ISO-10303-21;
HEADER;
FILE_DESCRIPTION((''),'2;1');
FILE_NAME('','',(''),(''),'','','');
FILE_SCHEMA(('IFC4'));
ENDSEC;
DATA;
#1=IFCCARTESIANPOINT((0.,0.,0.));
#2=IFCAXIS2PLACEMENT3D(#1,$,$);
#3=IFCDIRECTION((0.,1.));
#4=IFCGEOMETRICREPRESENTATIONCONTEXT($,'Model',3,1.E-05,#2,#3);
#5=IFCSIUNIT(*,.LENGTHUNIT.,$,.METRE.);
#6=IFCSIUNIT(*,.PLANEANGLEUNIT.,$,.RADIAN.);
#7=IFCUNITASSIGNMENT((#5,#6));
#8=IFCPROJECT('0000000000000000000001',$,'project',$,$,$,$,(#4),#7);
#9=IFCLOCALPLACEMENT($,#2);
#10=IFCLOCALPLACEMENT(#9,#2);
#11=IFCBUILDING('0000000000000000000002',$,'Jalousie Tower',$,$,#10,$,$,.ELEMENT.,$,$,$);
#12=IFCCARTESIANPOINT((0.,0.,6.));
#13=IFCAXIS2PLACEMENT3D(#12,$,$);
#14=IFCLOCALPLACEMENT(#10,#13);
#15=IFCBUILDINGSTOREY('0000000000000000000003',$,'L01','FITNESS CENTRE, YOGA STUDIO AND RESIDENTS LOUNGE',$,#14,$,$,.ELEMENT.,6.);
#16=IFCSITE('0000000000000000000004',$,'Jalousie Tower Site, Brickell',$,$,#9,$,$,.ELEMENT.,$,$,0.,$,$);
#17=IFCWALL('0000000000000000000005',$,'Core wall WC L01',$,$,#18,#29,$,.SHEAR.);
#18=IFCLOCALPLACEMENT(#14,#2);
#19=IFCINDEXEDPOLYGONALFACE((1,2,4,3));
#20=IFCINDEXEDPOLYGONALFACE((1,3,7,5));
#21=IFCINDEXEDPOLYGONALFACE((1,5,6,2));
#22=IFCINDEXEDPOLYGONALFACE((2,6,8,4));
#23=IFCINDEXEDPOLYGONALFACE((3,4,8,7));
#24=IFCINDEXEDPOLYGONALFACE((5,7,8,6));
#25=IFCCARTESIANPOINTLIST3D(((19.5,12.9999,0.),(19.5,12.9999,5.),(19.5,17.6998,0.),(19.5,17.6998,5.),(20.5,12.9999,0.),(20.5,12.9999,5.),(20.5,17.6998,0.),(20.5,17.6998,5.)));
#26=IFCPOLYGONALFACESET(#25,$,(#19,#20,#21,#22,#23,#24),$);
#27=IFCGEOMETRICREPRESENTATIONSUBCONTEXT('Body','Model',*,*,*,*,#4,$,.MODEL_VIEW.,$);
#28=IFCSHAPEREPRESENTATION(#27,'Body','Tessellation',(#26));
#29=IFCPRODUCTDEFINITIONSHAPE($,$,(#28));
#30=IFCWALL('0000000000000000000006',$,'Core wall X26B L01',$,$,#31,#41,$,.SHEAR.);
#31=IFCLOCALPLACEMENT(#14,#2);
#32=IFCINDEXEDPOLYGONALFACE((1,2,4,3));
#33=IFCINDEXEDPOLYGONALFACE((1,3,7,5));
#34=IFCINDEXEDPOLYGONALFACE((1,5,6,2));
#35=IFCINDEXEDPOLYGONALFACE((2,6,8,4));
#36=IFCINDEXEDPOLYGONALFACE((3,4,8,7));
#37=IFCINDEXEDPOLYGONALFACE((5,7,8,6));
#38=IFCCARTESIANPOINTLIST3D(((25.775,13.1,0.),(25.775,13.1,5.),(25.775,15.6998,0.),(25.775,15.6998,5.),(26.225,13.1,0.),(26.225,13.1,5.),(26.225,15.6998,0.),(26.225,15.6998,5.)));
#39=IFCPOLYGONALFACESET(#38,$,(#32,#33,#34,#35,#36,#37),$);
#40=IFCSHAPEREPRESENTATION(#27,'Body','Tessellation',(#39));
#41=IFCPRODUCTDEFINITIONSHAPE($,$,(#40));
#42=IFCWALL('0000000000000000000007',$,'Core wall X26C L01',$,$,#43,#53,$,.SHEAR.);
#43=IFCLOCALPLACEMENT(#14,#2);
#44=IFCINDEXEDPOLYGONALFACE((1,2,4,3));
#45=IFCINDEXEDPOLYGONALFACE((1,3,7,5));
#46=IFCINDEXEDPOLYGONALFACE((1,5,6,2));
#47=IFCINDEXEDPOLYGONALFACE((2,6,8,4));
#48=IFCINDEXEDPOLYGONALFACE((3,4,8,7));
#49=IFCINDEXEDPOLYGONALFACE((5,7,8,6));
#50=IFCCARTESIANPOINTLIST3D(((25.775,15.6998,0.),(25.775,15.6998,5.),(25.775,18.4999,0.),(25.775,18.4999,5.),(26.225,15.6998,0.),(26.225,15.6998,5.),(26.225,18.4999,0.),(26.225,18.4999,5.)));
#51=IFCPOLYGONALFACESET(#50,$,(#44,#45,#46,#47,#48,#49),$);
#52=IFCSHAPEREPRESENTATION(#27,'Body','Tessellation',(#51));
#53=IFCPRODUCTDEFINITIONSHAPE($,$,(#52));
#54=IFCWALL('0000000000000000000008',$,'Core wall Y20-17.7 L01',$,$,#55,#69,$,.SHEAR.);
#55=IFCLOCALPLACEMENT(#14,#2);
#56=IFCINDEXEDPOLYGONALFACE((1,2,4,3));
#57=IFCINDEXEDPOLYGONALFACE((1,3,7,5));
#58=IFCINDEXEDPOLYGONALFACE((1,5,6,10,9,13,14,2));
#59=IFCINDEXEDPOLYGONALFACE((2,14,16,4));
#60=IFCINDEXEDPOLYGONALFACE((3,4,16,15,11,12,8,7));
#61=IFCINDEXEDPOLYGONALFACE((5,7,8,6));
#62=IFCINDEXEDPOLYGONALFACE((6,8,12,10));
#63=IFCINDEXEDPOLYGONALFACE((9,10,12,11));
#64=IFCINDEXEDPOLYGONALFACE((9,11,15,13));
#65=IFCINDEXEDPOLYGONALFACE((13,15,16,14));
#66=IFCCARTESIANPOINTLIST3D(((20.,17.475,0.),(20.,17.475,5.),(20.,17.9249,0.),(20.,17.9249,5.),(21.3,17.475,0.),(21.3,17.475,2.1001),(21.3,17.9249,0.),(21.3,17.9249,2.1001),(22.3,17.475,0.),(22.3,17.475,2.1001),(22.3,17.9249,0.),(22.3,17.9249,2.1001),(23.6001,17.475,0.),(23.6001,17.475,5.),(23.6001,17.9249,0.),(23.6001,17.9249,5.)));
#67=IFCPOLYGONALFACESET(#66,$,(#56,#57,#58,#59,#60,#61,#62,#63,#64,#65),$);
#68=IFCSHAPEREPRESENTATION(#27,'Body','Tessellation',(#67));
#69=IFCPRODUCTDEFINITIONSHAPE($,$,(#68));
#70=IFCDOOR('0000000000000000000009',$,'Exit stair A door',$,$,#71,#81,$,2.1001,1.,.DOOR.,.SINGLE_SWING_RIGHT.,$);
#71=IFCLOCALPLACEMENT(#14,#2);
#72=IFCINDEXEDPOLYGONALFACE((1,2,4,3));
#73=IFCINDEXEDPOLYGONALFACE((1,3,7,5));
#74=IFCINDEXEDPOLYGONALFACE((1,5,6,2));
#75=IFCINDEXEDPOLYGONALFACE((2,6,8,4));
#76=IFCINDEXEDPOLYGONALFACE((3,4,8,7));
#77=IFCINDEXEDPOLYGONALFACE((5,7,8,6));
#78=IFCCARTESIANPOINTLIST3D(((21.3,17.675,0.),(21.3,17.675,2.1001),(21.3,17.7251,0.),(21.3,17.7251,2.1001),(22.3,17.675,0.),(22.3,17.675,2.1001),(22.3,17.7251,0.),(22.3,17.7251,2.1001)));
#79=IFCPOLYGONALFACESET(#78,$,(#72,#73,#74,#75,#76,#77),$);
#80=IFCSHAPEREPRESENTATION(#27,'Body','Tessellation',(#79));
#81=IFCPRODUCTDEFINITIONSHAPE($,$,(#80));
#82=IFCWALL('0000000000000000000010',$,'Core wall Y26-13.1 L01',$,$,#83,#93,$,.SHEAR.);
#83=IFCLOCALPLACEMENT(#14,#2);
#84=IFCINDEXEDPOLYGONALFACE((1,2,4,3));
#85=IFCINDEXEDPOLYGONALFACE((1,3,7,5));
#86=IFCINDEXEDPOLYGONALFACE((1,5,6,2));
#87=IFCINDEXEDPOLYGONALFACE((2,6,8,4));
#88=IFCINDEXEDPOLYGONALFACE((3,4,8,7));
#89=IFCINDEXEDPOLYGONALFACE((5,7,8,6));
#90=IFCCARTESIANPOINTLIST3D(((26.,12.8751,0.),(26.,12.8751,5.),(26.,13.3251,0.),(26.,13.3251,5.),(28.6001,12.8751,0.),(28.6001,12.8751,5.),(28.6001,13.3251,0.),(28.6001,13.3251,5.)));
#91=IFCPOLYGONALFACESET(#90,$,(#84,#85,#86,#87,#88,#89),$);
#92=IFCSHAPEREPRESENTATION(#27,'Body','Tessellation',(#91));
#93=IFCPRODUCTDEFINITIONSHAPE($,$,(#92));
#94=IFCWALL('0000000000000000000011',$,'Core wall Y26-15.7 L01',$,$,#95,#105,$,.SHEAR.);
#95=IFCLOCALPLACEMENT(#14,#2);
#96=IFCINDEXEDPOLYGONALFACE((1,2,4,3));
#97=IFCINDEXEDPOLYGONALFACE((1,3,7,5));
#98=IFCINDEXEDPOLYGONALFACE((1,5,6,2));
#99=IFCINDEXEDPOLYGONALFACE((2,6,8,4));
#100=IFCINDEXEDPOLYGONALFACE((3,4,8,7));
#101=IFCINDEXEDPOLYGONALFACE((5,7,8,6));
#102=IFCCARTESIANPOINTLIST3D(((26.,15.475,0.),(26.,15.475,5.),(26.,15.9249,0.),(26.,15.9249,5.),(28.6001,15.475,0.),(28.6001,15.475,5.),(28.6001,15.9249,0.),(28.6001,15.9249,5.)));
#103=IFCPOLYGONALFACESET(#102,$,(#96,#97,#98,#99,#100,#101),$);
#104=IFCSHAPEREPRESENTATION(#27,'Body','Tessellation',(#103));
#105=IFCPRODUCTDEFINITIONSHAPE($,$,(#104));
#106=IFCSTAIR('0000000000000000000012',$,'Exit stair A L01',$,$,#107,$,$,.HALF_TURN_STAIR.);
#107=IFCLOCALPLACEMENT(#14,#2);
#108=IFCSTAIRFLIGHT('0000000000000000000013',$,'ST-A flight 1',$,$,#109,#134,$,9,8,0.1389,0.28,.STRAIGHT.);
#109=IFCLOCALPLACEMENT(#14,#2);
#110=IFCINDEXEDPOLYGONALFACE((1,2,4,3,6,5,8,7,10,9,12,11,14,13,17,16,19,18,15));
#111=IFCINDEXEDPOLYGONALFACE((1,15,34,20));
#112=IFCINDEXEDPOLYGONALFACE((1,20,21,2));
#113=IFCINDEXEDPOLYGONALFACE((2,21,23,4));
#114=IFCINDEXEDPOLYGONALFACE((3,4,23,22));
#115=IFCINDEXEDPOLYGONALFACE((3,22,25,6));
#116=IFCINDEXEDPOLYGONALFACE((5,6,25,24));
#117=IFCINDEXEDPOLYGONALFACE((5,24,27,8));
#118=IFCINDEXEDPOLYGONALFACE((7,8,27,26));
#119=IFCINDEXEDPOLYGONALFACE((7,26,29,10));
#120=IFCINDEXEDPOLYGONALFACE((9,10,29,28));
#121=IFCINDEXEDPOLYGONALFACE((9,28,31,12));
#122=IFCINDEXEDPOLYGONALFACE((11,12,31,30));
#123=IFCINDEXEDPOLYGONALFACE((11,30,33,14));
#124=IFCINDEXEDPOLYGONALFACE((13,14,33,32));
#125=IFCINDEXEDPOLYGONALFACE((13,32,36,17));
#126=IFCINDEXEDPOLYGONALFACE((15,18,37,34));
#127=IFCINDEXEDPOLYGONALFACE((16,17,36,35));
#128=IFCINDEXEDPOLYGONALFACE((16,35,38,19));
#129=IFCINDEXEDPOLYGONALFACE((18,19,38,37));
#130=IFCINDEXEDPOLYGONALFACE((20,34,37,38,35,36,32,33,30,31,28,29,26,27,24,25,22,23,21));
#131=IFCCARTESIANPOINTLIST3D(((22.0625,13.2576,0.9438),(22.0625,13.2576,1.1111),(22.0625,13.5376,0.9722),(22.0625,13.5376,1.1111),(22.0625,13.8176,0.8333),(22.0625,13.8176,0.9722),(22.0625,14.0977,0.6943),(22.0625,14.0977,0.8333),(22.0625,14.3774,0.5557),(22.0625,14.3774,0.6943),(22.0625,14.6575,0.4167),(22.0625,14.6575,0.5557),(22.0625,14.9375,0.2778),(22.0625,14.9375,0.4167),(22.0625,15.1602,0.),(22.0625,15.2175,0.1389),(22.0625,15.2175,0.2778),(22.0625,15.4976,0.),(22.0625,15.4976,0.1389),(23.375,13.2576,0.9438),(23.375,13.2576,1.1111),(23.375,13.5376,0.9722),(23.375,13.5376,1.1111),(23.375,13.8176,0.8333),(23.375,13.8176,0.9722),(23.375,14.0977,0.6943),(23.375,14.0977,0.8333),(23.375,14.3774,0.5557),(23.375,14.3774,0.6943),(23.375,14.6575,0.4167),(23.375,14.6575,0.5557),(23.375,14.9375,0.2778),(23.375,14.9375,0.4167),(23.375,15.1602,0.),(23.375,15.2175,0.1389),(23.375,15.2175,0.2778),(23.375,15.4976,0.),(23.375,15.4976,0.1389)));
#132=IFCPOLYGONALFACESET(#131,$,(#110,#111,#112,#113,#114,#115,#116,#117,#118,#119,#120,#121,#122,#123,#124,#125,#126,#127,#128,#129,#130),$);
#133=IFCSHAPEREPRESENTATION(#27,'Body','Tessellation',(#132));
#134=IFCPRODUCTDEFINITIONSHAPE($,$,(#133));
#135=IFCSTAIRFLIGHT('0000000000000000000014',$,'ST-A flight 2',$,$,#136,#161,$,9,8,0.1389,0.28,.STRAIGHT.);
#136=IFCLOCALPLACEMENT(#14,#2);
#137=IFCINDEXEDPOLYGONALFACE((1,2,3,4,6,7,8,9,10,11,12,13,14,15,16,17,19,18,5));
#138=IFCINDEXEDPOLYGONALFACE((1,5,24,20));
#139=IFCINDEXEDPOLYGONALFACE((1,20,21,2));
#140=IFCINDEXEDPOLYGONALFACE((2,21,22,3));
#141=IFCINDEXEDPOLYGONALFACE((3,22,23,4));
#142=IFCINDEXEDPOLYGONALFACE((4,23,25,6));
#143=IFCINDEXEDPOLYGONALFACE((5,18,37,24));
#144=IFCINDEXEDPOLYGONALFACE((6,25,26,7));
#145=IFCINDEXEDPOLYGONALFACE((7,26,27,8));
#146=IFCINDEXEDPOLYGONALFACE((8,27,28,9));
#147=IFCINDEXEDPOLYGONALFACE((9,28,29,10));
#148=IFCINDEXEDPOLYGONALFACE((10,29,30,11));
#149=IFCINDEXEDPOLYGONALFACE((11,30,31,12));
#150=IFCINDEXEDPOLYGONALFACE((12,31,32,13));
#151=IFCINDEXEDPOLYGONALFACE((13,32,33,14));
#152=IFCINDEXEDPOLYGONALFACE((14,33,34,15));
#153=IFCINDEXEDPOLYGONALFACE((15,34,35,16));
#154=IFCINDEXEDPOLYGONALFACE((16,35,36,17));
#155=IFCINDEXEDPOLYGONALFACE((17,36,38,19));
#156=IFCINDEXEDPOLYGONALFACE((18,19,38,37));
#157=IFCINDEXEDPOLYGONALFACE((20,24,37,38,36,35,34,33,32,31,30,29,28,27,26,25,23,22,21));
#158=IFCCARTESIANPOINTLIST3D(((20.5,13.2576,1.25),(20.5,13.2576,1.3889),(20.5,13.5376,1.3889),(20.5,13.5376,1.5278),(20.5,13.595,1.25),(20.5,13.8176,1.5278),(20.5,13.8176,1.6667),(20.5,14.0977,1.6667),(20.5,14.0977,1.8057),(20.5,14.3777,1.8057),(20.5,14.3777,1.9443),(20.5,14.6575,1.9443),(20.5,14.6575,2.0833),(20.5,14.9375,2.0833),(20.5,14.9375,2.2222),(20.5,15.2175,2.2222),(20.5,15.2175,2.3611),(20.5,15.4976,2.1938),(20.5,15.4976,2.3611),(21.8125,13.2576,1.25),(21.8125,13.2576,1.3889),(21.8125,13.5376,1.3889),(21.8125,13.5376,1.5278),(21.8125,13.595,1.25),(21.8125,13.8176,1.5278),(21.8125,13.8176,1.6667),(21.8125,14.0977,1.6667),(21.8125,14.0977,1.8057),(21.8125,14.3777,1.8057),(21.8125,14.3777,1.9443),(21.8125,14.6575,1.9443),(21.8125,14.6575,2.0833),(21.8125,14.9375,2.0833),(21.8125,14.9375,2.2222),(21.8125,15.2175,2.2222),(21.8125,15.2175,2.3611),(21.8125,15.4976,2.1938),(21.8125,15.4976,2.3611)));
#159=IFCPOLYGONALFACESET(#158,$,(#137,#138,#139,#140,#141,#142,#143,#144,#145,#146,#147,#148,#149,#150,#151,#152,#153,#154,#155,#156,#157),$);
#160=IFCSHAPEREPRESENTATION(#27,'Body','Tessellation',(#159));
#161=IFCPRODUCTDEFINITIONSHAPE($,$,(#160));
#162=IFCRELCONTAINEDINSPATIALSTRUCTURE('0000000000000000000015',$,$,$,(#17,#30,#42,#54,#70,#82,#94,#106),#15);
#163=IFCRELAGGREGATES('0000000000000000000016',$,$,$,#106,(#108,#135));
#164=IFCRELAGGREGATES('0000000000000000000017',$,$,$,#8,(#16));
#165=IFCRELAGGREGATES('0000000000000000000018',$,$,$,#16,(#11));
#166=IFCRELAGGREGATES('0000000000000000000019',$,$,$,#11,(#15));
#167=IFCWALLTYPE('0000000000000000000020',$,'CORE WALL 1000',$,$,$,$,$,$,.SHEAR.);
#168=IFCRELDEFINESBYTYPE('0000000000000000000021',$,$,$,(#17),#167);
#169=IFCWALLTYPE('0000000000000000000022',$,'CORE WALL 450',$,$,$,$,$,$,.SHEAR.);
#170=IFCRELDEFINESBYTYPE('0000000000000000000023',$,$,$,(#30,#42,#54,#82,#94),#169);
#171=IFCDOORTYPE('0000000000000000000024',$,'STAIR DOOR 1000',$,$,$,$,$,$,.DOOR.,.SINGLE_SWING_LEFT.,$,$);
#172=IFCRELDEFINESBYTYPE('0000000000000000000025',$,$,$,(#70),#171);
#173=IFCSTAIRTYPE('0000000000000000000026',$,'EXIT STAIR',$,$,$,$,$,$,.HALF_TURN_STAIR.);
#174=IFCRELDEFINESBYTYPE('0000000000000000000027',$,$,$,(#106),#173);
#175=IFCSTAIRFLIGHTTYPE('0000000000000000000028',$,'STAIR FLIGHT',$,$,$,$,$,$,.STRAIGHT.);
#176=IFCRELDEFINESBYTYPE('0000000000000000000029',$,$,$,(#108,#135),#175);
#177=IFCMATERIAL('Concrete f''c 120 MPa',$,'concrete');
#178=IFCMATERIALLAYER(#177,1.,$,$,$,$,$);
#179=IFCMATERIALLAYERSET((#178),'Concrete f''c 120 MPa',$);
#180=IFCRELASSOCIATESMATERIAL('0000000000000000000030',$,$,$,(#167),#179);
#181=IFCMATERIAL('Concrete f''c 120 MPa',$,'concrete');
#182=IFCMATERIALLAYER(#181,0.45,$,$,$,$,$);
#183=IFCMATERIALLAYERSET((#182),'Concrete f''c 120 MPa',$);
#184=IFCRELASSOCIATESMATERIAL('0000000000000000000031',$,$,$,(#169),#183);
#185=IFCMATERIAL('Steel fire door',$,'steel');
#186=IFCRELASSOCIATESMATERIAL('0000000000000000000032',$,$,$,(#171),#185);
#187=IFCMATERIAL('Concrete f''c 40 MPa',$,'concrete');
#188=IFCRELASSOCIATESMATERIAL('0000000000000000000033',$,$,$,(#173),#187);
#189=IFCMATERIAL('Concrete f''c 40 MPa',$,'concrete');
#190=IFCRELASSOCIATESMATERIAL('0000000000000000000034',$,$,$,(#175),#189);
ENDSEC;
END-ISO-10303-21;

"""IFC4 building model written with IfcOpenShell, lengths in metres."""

from ifc_helpers import new_model, si_unit, direction, frame, frame_2d, origin, place, context, subcontext, project, spatial, polyline, rectangle, outline, extrude, material, layer, layer_set, type_object, element, fill, aggregate, save


model = new_model("IFC4")

# Units and contexts
model_context = context("Model", 3, precision=1e-05, world=origin(), true_north=direction((0.0, 1.0)))
body_context = subcontext(model_context, "Body", "Model", "MODEL_VIEW")
ifc_project = project(units=[si_unit("LENGTHUNIT", "METRE"), si_unit("PLANEANGLEUNIT", "RADIAN")], contexts=[model_context])

# Site, building, storey
site_placement = place(None, origin())
site = spatial("IfcSite", under=ifc_project, at=site_placement, Name="Jalousie Tower Site, Brickell", CompositionType="ELEMENT", RefElevation=0.0)
building_placement = place(site_placement, origin())
building = spatial("IfcBuilding", under=site, at=building_placement, Name="Jalousie Tower", CompositionType="ELEMENT")
storey_placement = place(building_placement, frame((0.0, 0.0, 6.0)))
storey = spatial("IfcBuildingStorey", under=building, at=storey_placement, Name="L01", Description="FITNESS CENTRE, YOGA STUDIO AND RESIDENTS LOUNGE", CompositionType="ELEMENT", Elevation=6.0)

# Walls
ifc_material_1 = material(Name="Concrete f'c 120 MPa", Category="concrete")
ifc_layer_1 = layer(ifc_material_1, 1.0)
ifc_layer_set_1 = layer_set([ifc_layer_1], Name="Concrete f'c 120 MPa")
wall_type_1 = type_object("IfcWallType", Name="CORE WALL 1000", PredefinedType="SHEAR", material=ifc_layer_set_1)
wall_1_placement = place(storey_placement, frame((20.0, 17.7, 0.0), z_axis=(0.0, 0.0, 1.0), x_axis=(0.0, -1.0, 0.0)))
element("IfcWall", 1, at=wall_1_placement, inside=storey, type_object=wall_type_1, Name="Core wall WC L01", PredefinedType="SHEAR", context=body_context, shape_type="SweptSolid", body=[
    extrude(rectangle(XDim=4.7, YDim=1.0, at=frame_2d((2.3501, 0.0))), origin(), (0.0, 0.0, 1.0), 5.0),
])
ifc_material_2 = material(Name="Concrete f'c 120 MPa", Category="concrete")
ifc_layer_2 = layer(ifc_material_2, 0.45)
ifc_layer_set_2 = layer_set([ifc_layer_2], Name="Concrete f'c 120 MPa")
wall_type_2 = type_object("IfcWallType", Name="CORE WALL 450", PredefinedType="SHEAR", material=ifc_layer_set_2)
wall_2_placement = place(storey_placement, frame((26.0, 13.1001, 0.0), z_axis=(0.0, 0.0, 1.0), x_axis=(0.0, 1.0, 0.0)))
element("IfcWall", 2, at=wall_2_placement, inside=storey, type_object=wall_type_2, Name="Core wall X26B L01", PredefinedType="SHEAR", context=body_context, shape_type="SweptSolid", body=[
    extrude(rectangle(XDim=2.5999, YDim=0.45, at=frame_2d((1.2998, 0.0))), origin(), (0.0, 0.0, 1.0), 5.0),
])
wall_3_placement = place(storey_placement, frame((26.0, 15.7, 0.0), z_axis=(0.0, 0.0, 1.0), x_axis=(0.0, 1.0, 0.0)))
element("IfcWall", 3, at=wall_3_placement, inside=storey, type_object=wall_type_2, Name="Core wall X26C L01", PredefinedType="SHEAR", context=body_context, shape_type="SweptSolid", body=[
    extrude(rectangle(XDim=2.8, YDim=0.45, at=frame_2d((1.3999, 0.0))), origin(), (0.0, 0.0, 1.0), 5.0),
])

# Wall, opening, door
wall_4_placement = place(storey_placement, frame((20.0, 17.7, 0.0), z_axis=(0.0, 0.0, 1.0), x_axis=(1.0, 0.0, 0.0)))
wall_4 = element("IfcWall", 4, at=wall_4_placement, inside=storey, type_object=wall_type_2, Name="Core wall Y20-17.7 L01", PredefinedType="SHEAR", context=body_context, shape_type="SweptSolid", body=[
    extrude(rectangle(XDim=3.6001, YDim=0.45, at=frame_2d((1.8, 0.0))), origin(), (0.0, 0.0, 1.0), 5.0),
])
opening_placement = place(wall_4_placement, frame((1.3, 0.0, 0.0)))
opening = element("IfcOpeningElement", 5, at=opening_placement, cuts=wall_4, PredefinedType="OPENING", context=body_context, shape_type="SweptSolid", body=[
    extrude(rectangle(XDim=1.0, YDim=2.1001, at=frame_2d((0.5, 1.05))), frame((0.0, 0.2349, 0.0), z_axis=(0.0, -1.0, 0.0), x_axis=(1.0, 0.0, 0.0)), (0.0, 0.0, 1.0), 0.47),
])
ifc_material_3 = material(Name="Steel fire door", Category="steel")
door_type = type_object("IfcDoorType", Name="STAIR DOOR 1000", OperationType="SINGLE_SWING_LEFT", PredefinedType="DOOR", material=ifc_material_3)
door_placement = place(opening_placement, frame((1.0, 0.0, 0.0), z_axis=(0.0, 0.0, 1.0), x_axis=(-1.0, 0.0, 0.0)))
door = element("IfcDoor", 6, at=door_placement, inside=storey, type_object=door_type, Name="Exit stair A door", OperationType="SINGLE_SWING_RIGHT", OverallHeight=2.1001, OverallWidth=1.0, PredefinedType="DOOR", context=body_context, shape_type="SweptSolid", body=[
    extrude(rectangle(XDim=1.0, YDim=2.1001, at=frame_2d((0.5, 1.05))), frame((0.0, 0.0249, 0.0), z_axis=(0.0, -1.0, 0.0), x_axis=(1.0, 0.0, 0.0)), (0.0, 0.0, 1.0), 0.05),
])
fill(opening, door)

# Walls
for number, where, z_axis, x_axis, name in (
    (7, (26.0, 13.1001, 0.0), (0.0, 0.0, 1.0), (1.0, 0.0, 0.0), "Core wall Y26-13.1 L01"),
    (8, (26.0, 15.7, 0.0), (0.0, 0.0, 1.0), (1.0, 0.0, 0.0), "Core wall Y26-15.7 L01"),
):
    element("IfcWall", number, at=place(storey_placement, frame(where, z_axis=z_axis, x_axis=x_axis)), inside=storey, type_object=wall_type_2, Name=name, PredefinedType="SHEAR", context=body_context, shape_type="SweptSolid", body=[
        extrude(rectangle(XDim=2.6001, YDim=0.45, at=frame_2d((1.3, 0.0))), origin(), (0.0, 0.0, 1.0), 5.0),
    ])

# Stair, stair flights
ifc_material_4 = material(Name="Concrete f'c 40 MPa", Category="concrete")
stair_type = type_object("IfcStairType", Name="EXIT STAIR", PredefinedType="HALF_TURN_STAIR", material=ifc_material_4)
stair_placement = place(storey_placement, origin())
stair = element("IfcStair", 9, at=stair_placement, inside=storey, type_object=stair_type, Name="Exit stair A L01", PredefinedType="HALF_TURN_STAIR")
ifc_material_5 = material(Name="Concrete f'c 40 MPa", Category="concrete")
stair_flight_type = type_object("IfcStairFlightType", Name="STAIR FLIGHT", PredefinedType="STRAIGHT", material=ifc_material_5)
stair_flight_1_placement = place(storey_placement, frame((22.7188, 15.4976, 0.0), z_axis=(0.0, 0.0, 1.0), x_axis=(0.0, -1.0, 0.0)))
stair_flight_1 = element("IfcStairFlight", 10, at=stair_flight_1_placement, type_object=stair_flight_type, Name="ST-A flight 1", NumberOfRisers=9, NumberOfTreads=8, PredefinedType="STRAIGHT", RiserHeight=0.1389, TreadLength=0.28, context=body_context, shape_type="SweptSolid", body=[
    extrude(outline(polyline([(0.0, 0.0), (0.0, 0.1389), (0.28, 0.1389), (0.28, 0.2778), (0.5601, 0.2778), (0.5601, 0.4167), (0.8401, 0.4167), (0.8401, 0.5557), (1.1201, 0.5557), (1.1201, 0.6943), (1.3999, 0.6943), (1.3999, 0.8333), (1.6799, 0.8333), (1.6799, 0.9722), (1.96, 0.9722), (1.96, 1.1111), (2.24, 1.1111), (2.24, 1.25), (2.24, 0.9438), (0.3374, 0.0), (0.0, 0.0)])), frame((0.0, 0.6562, 0.0), z_axis=(0.0, -1.0, 0.0), x_axis=(1.0, 0.0, 0.0)), (0.0, 0.0, 1.0), 1.3125),
])
stair_flight_2_placement = place(storey_placement, frame((21.1562, 13.2576, 1.25), z_axis=(0.0, 0.0, 1.0), x_axis=(0.0, 1.0, 0.0)))
stair_flight_2 = element("IfcStairFlight", 11, at=stair_flight_2_placement, type_object=stair_flight_type, Name="ST-A flight 2", NumberOfRisers=9, NumberOfTreads=8, PredefinedType="STRAIGHT", RiserHeight=0.1389, TreadLength=0.28, context=body_context, shape_type="SweptSolid", body=[
    extrude(outline(polyline([(0.0, 0.0), (0.0, 0.1389), (0.28, 0.1389), (0.28, 0.2778), (0.5601, 0.2778), (0.5601, 0.4167), (0.8401, 0.4167), (0.8401, 0.5557), (1.1201, 0.5557), (1.1201, 0.6943), (1.3999, 0.6943), (1.3999, 0.8333), (1.6799, 0.8333), (1.6799, 0.9722), (1.96, 0.9722), (1.96, 1.1111), (2.24, 1.1111), (2.24, 1.25), (2.24, 0.9438), (0.3374, 0.0), (0.0, 0.0)])), frame((0.0, 0.6562, 0.0), z_axis=(0.0, -1.0, 0.0), x_axis=(1.0, 0.0, 0.0)), (0.0, 0.0, 1.0), 1.3125),
])
aggregate(stair, [stair_flight_1, stair_flight_2])

save(model, "model.ifc")
